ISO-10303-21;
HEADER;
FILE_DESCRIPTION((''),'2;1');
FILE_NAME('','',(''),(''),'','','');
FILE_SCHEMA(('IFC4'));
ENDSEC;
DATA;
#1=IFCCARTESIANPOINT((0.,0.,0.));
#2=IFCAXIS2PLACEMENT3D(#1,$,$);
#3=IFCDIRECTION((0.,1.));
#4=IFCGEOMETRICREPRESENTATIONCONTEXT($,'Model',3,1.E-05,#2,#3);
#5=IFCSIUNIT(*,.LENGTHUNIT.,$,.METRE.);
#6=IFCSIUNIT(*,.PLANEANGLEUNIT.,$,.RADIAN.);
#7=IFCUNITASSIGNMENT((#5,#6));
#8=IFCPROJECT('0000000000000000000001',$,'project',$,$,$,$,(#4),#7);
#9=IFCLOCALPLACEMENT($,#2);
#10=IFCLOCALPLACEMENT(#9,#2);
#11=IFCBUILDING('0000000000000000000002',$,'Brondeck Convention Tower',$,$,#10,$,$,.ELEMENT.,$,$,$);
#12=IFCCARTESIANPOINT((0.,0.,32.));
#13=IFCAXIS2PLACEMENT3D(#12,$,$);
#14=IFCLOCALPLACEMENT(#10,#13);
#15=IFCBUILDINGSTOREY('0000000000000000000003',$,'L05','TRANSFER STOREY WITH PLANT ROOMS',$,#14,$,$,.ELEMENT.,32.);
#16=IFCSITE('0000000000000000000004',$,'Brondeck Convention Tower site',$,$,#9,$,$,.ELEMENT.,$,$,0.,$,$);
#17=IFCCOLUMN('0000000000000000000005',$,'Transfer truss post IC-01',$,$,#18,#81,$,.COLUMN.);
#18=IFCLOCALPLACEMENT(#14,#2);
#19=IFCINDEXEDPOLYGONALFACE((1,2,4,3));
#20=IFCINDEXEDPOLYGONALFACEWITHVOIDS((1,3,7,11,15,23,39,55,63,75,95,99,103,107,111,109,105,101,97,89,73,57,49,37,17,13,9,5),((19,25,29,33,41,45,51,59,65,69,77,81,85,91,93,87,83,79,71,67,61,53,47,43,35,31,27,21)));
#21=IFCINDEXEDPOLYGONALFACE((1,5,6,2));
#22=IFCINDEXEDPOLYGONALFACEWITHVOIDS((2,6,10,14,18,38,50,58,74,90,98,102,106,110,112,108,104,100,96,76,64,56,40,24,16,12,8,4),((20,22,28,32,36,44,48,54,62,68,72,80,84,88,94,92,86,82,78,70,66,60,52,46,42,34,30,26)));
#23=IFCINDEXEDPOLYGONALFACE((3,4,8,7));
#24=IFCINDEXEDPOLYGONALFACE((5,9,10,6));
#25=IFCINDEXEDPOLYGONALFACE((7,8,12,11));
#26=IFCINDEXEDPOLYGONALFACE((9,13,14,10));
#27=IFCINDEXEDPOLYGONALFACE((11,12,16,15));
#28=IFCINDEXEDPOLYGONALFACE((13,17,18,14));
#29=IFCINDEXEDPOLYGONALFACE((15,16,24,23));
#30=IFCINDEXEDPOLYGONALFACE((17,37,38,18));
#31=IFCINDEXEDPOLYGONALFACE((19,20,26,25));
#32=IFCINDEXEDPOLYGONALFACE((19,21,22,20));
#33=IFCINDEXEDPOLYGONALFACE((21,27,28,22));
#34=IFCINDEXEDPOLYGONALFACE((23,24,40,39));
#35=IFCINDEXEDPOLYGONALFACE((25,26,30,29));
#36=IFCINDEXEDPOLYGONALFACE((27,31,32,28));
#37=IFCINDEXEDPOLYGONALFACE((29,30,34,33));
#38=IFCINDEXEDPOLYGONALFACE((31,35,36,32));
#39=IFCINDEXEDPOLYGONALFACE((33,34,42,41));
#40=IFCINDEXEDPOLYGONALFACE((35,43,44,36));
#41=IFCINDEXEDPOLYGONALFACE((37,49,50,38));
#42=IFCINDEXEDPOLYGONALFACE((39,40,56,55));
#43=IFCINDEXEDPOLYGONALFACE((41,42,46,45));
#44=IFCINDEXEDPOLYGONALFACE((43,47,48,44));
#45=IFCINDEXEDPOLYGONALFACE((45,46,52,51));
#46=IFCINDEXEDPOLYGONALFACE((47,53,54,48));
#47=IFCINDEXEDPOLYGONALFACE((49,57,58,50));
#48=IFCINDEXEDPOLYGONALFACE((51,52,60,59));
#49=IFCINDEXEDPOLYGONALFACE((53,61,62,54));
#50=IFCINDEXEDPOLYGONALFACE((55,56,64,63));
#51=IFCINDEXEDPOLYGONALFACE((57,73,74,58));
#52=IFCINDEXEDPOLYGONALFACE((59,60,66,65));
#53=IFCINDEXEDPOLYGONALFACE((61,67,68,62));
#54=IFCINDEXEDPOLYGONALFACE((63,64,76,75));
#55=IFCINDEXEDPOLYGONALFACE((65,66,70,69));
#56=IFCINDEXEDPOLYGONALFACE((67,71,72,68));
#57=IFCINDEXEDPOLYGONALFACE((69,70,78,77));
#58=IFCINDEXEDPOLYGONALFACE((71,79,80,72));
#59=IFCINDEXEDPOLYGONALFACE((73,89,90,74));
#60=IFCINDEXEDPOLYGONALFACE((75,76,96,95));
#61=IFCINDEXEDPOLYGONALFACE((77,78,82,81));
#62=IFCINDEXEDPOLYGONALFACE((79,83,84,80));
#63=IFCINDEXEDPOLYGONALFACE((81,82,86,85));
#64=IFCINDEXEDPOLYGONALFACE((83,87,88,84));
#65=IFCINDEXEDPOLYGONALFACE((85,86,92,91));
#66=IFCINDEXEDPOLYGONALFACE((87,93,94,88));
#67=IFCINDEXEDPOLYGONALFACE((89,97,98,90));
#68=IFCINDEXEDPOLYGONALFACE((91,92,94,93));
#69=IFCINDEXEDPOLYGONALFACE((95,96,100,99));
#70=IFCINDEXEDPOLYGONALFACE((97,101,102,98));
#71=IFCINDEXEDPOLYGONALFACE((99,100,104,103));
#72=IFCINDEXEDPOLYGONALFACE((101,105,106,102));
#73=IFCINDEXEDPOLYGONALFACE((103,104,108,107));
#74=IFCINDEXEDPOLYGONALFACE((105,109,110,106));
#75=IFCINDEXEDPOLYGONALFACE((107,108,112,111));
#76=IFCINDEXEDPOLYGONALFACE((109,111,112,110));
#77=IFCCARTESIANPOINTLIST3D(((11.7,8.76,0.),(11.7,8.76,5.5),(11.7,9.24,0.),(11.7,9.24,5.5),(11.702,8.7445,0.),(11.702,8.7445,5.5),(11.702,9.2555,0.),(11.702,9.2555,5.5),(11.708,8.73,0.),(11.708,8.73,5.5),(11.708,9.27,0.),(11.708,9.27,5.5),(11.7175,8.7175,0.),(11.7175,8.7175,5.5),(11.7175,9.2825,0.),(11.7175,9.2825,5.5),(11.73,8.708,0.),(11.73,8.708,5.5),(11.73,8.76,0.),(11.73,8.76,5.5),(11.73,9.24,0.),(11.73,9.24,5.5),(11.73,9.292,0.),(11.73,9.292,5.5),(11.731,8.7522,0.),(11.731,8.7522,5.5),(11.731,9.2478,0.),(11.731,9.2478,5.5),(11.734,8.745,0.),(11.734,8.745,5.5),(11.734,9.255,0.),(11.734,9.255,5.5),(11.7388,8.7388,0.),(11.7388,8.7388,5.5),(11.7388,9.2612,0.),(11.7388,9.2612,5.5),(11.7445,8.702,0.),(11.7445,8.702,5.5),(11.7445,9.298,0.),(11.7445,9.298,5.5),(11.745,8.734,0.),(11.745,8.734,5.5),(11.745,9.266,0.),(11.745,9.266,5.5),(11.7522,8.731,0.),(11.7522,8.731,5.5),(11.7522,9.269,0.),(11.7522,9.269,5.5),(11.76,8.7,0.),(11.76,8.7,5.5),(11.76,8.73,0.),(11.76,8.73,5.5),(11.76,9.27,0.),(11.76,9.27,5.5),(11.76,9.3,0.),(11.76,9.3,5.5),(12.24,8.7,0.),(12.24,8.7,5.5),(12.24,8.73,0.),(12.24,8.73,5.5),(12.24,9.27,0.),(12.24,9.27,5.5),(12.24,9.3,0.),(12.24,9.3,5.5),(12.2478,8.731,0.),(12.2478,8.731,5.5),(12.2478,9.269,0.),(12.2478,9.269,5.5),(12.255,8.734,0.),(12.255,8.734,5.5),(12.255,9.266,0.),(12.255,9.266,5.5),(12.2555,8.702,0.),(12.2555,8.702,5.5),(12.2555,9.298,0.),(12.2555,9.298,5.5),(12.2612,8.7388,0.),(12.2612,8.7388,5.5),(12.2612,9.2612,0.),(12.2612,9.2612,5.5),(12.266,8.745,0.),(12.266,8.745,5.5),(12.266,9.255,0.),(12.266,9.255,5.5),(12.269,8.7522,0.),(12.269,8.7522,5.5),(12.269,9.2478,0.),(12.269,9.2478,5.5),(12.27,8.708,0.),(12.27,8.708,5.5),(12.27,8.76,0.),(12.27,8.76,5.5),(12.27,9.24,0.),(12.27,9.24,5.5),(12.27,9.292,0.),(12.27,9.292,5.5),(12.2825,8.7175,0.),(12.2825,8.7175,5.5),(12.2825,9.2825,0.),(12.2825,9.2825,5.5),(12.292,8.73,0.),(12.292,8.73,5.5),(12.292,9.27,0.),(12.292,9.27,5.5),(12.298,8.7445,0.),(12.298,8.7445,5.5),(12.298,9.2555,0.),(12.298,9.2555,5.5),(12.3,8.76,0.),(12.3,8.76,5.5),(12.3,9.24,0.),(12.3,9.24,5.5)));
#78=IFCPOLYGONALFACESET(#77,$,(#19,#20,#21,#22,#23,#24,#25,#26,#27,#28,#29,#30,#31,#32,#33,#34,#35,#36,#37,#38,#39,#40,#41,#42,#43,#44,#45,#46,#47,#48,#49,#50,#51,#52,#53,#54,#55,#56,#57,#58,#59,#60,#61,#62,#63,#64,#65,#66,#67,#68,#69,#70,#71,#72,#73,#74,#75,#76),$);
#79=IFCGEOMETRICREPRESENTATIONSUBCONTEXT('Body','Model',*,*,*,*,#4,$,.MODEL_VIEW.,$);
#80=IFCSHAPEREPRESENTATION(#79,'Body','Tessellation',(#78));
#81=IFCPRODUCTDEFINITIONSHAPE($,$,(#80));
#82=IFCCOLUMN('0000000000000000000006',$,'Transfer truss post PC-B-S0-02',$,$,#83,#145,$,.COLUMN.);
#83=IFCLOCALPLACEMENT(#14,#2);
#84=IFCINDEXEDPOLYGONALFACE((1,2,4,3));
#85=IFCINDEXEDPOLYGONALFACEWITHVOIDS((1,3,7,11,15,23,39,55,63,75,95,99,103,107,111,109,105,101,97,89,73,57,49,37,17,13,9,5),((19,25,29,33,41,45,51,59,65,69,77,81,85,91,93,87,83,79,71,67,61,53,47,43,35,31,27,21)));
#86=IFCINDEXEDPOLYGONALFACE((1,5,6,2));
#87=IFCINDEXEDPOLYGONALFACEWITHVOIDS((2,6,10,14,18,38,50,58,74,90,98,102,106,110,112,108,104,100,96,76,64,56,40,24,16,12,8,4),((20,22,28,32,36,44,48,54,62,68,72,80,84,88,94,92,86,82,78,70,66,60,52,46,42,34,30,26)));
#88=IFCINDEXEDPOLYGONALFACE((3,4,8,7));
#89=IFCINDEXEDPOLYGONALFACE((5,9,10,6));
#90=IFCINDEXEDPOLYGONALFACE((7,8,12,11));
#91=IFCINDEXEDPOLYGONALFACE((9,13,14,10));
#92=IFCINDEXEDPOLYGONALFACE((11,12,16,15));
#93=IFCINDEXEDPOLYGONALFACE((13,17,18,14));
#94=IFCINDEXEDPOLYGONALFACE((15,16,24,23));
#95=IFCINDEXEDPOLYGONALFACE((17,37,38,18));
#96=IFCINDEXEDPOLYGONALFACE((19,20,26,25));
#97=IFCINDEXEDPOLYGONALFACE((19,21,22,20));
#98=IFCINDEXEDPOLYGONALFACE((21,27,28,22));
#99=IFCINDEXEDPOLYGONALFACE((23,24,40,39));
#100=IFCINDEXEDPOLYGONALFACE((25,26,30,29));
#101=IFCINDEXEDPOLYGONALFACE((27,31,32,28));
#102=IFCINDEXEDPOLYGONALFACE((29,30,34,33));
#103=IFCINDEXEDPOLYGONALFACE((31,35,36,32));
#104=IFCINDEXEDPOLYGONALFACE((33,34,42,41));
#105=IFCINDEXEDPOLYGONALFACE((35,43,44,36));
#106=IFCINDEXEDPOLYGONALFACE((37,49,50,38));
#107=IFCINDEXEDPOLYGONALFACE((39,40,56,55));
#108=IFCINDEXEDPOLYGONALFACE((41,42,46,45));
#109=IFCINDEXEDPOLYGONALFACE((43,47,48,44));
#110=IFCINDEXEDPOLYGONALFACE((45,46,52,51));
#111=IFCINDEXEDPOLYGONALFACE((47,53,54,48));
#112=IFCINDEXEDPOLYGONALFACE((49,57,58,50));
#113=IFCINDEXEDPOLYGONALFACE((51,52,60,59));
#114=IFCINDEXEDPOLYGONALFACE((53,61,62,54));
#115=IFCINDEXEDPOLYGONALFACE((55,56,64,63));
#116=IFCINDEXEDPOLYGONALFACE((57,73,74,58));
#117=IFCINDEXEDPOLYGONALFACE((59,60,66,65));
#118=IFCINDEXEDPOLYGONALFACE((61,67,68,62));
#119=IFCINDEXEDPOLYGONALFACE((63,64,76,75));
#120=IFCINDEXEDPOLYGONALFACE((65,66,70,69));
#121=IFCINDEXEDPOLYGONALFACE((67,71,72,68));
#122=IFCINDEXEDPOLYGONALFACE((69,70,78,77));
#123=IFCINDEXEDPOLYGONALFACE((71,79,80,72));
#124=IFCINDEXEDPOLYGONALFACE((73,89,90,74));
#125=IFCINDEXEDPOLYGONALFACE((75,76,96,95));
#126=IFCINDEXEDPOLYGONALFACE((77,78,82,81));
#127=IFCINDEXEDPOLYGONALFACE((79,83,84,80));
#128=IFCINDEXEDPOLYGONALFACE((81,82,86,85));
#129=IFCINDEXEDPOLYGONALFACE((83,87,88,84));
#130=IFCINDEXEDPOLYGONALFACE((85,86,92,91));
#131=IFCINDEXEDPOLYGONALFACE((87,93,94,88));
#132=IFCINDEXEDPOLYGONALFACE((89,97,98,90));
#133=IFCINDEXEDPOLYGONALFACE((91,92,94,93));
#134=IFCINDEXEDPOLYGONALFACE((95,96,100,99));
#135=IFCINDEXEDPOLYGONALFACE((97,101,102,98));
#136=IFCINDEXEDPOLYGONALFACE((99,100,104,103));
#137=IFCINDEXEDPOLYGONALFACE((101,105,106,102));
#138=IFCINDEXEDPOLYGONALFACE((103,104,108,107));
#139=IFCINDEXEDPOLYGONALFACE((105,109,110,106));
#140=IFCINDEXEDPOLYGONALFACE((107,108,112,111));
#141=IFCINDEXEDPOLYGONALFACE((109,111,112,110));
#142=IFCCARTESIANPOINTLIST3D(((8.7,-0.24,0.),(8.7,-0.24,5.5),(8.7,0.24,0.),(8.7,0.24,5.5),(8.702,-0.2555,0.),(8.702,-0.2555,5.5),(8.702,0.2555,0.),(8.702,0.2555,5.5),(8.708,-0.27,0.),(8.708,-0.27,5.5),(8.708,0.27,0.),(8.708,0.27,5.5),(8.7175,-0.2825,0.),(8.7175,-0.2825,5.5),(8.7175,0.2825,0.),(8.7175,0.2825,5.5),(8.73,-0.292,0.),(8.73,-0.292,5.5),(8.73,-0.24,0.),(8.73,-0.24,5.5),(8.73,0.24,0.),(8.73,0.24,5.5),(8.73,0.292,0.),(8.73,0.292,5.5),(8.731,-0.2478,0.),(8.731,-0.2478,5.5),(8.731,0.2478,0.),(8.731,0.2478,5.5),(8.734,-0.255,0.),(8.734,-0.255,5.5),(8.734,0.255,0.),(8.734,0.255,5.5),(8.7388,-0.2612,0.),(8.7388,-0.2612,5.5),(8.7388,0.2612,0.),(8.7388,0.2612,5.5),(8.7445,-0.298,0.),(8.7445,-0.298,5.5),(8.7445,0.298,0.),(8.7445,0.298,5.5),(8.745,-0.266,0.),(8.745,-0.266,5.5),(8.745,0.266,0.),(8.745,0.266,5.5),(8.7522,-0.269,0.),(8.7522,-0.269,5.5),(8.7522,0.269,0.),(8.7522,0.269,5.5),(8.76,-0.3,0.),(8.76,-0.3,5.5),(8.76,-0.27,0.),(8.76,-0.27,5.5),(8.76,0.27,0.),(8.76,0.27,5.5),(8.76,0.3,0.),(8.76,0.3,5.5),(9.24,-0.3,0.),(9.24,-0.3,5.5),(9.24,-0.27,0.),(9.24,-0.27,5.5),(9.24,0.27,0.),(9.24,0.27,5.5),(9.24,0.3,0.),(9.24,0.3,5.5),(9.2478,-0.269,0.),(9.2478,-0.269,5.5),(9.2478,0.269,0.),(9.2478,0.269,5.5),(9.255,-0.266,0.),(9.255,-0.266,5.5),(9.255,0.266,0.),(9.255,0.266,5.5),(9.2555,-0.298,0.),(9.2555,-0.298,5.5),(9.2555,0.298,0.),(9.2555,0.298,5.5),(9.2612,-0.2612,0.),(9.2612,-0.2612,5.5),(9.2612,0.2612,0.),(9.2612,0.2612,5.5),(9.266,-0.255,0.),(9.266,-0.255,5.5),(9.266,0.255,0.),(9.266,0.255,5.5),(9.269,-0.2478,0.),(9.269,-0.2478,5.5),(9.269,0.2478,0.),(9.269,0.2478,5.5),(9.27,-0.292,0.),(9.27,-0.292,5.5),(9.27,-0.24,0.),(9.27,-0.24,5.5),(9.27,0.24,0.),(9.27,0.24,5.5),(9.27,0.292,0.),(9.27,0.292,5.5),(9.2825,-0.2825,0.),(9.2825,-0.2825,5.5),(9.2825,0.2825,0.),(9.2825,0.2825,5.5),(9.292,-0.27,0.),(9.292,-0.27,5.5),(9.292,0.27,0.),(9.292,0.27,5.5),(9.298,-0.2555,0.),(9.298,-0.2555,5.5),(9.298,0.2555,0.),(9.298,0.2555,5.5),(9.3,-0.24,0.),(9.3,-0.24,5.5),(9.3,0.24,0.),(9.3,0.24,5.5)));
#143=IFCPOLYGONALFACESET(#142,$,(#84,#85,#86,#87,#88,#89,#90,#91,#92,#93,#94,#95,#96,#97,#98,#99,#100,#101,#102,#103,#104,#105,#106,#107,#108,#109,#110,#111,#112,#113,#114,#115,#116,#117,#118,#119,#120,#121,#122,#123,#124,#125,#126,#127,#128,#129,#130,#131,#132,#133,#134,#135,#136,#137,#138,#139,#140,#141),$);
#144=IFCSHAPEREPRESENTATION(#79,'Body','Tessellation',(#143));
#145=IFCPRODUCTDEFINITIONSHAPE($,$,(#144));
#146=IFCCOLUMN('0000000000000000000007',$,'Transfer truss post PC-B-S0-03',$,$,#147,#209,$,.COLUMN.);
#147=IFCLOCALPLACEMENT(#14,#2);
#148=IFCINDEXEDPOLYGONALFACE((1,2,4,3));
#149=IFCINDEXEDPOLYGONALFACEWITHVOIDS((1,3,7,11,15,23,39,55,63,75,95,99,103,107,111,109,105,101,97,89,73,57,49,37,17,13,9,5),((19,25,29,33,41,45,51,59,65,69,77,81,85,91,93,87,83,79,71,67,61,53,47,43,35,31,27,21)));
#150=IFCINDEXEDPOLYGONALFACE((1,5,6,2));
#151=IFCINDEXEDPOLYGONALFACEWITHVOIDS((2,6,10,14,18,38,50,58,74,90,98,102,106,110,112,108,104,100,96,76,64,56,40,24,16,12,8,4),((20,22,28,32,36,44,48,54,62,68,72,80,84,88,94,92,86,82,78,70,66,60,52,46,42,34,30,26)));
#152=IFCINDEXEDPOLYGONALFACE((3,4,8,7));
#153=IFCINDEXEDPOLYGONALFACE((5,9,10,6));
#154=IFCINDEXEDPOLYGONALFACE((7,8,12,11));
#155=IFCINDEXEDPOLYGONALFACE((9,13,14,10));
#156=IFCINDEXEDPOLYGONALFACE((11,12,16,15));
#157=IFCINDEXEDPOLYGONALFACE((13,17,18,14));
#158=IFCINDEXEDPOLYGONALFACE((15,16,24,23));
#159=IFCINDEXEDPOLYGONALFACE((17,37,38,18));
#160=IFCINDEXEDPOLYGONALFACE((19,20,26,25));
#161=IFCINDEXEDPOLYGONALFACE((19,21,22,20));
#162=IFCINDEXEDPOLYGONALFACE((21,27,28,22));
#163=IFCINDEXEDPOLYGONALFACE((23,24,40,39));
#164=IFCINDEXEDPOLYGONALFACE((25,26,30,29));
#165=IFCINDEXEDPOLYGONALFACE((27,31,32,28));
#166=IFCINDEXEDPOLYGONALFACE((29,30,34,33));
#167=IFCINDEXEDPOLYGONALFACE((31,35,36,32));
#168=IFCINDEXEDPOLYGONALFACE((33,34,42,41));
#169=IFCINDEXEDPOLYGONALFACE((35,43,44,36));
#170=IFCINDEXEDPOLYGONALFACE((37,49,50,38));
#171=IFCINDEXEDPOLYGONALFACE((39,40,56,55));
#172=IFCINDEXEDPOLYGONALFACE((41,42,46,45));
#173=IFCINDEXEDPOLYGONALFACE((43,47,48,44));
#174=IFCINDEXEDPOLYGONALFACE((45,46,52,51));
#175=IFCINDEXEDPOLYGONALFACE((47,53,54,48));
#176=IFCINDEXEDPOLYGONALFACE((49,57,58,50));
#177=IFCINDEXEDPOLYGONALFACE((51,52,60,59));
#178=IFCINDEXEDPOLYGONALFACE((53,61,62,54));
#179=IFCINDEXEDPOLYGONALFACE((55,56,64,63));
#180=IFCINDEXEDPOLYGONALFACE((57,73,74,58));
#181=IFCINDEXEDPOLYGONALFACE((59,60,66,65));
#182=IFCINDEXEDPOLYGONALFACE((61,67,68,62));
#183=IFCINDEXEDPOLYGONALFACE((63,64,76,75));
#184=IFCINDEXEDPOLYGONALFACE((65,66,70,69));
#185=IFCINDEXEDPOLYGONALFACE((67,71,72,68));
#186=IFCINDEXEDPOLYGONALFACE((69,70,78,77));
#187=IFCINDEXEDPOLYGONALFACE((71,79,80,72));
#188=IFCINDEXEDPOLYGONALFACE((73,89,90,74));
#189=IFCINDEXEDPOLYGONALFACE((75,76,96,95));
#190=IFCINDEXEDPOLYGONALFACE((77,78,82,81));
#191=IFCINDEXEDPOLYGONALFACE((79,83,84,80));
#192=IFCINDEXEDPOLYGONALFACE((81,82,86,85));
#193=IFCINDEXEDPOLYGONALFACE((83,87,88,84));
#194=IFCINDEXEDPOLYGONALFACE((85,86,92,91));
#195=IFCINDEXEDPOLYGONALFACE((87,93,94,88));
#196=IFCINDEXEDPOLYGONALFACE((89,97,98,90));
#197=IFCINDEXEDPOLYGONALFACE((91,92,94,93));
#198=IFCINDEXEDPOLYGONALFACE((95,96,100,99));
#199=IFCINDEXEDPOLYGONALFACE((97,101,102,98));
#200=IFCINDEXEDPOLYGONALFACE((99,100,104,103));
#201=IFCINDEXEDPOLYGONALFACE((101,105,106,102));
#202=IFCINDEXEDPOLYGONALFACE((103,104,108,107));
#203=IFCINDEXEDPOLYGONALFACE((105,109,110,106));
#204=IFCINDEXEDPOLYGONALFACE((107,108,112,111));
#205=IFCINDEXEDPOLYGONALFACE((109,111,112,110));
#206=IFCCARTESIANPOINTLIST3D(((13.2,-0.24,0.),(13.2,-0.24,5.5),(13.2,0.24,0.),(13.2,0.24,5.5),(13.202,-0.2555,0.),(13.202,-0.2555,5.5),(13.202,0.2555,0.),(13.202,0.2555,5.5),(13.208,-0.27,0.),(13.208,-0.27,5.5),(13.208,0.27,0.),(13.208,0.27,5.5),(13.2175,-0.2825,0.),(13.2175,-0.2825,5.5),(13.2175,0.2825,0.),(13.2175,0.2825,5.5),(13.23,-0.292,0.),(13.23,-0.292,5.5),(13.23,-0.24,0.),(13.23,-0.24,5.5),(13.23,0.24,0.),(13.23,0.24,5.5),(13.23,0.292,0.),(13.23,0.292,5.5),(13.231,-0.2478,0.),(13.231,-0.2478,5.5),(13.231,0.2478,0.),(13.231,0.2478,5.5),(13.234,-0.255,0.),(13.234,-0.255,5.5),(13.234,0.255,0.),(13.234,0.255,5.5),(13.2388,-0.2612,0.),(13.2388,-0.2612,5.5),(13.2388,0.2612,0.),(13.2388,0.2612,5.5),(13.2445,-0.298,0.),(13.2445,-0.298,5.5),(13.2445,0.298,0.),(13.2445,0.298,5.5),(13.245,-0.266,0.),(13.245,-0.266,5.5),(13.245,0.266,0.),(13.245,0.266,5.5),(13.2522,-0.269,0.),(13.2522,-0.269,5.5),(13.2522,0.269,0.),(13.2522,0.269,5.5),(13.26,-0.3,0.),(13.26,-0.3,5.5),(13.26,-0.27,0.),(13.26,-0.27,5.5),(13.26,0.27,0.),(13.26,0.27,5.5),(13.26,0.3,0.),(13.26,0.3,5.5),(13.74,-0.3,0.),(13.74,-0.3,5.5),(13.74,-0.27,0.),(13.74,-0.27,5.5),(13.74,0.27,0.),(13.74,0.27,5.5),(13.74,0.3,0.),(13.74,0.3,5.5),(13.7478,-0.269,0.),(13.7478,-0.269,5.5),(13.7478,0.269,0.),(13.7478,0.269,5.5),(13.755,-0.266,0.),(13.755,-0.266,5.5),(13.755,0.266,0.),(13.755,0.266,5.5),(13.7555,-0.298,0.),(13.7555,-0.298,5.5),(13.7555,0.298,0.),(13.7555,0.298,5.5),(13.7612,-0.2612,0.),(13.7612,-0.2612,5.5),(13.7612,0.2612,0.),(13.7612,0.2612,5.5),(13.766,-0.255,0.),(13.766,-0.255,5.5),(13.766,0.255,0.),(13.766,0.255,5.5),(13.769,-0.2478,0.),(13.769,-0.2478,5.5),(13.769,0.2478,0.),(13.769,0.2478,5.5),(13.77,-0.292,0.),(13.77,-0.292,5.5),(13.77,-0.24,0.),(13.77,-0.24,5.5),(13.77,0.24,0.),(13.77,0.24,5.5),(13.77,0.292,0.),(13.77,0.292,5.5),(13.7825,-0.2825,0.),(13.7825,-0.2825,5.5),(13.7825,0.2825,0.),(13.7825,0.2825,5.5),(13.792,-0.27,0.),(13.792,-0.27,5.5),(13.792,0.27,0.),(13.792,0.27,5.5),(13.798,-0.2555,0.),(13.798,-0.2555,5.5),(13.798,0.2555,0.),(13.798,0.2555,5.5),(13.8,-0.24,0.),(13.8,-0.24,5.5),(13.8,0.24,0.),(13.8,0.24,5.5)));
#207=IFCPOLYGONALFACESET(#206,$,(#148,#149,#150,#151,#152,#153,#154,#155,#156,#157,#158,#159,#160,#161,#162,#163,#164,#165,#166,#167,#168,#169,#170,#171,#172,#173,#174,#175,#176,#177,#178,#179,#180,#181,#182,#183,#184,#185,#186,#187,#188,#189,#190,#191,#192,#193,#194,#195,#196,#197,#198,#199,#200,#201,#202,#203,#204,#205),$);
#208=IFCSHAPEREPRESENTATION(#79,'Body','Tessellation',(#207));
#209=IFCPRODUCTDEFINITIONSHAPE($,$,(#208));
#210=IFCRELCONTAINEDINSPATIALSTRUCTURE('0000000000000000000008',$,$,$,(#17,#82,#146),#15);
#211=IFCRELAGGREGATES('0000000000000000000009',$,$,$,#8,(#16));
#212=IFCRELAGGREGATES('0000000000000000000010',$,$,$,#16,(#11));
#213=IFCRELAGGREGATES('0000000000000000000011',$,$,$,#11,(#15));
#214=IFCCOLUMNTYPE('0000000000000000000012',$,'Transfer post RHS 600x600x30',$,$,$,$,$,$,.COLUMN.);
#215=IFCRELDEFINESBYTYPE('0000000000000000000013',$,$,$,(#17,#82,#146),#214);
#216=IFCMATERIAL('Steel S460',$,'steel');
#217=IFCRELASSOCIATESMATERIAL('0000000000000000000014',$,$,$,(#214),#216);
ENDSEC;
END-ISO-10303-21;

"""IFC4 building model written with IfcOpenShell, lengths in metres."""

from ifc_helpers import new_model, si_unit, direction, frame, origin, origin_2d, place, context, subcontext, project, spatial, hollow_rectangle, extrude, material, material_profile, profile_set, type_object, element, save


model = new_model("IFC4")

# Units and contexts
model_context = context("Model", 3, precision=1e-05, world=origin(), true_north=direction((0.0, 1.0)))
body_context = subcontext(model_context, "Body", "Model", "MODEL_VIEW")
ifc_project = project(units=[si_unit("LENGTHUNIT", "METRE"), si_unit("PLANEANGLEUNIT", "RADIAN")], contexts=[model_context])

# Site, building, storey
site_placement = place(None, origin())
site = spatial("IfcSite", under=ifc_project, at=site_placement, Name="Brondeck Convention Tower site", CompositionType="ELEMENT", RefElevation=0.0)
building_placement = place(site_placement, origin())
building = spatial("IfcBuilding", under=site, at=building_placement, Name="Brondeck Convention Tower", CompositionType="ELEMENT")
storey_placement = place(building_placement, frame((0.0, 0.0, 32.0)))
storey = spatial("IfcBuildingStorey", under=building, at=storey_placement, Name="L05", Description="TRANSFER STOREY WITH PLANT ROOMS", CompositionType="ELEMENT", Elevation=32.0)

# Columns
ifc_material_1 = material(Name="Steel S460", Category="steel")
ifc_material_profile_1 = material_profile(ifc_material_1, hollow_rectangle(XDim=0.6001, YDim=0.6001, WallThickness=0.03, InnerFilletRadius=0.03, OuterFilletRadius=0.0601, at=origin_2d()), Name="RHS 600x600x30")
ifc_profile_set_1 = profile_set([ifc_material_profile_1], Name="Steel S460")
column_type = type_object("IfcColumnType", Name="Transfer post RHS 600x600x30", PredefinedType="COLUMN", material=ifc_profile_set_1)
for number, where, z_axis, x_axis, name in (
    (1, (12.0, 9.0, 0.0), (0.0, 0.0, 1.0), (1.0, 0.0, 0.0), "Transfer truss post IC-01"),
    (2, (9.0, 0.0, 0.0), (0.0, 0.0, 1.0), (1.0, 0.0, 0.0), "Transfer truss post PC-B-S0-02"),
    (3, (13.5, 0.0, 0.0), (0.0, 0.0, 1.0), (1.0, 0.0, 0.0), "Transfer truss post PC-B-S0-03"),
):
    element("IfcColumn", number, at=place(storey_placement, frame(where, z_axis=z_axis, x_axis=x_axis)), inside=storey, type_object=column_type, Name=name, PredefinedType="COLUMN", context=body_context, shape_type="SweptSolid", body=[
        extrude(hollow_rectangle(XDim=0.6001, YDim=0.6001, WallThickness=0.03, InnerFilletRadius=0.03, OuterFilletRadius=0.0601, at=origin_2d()), origin(), (0.0, 0.0, 1.0), 5.5),
    ])

save(model, "model.ifc")
